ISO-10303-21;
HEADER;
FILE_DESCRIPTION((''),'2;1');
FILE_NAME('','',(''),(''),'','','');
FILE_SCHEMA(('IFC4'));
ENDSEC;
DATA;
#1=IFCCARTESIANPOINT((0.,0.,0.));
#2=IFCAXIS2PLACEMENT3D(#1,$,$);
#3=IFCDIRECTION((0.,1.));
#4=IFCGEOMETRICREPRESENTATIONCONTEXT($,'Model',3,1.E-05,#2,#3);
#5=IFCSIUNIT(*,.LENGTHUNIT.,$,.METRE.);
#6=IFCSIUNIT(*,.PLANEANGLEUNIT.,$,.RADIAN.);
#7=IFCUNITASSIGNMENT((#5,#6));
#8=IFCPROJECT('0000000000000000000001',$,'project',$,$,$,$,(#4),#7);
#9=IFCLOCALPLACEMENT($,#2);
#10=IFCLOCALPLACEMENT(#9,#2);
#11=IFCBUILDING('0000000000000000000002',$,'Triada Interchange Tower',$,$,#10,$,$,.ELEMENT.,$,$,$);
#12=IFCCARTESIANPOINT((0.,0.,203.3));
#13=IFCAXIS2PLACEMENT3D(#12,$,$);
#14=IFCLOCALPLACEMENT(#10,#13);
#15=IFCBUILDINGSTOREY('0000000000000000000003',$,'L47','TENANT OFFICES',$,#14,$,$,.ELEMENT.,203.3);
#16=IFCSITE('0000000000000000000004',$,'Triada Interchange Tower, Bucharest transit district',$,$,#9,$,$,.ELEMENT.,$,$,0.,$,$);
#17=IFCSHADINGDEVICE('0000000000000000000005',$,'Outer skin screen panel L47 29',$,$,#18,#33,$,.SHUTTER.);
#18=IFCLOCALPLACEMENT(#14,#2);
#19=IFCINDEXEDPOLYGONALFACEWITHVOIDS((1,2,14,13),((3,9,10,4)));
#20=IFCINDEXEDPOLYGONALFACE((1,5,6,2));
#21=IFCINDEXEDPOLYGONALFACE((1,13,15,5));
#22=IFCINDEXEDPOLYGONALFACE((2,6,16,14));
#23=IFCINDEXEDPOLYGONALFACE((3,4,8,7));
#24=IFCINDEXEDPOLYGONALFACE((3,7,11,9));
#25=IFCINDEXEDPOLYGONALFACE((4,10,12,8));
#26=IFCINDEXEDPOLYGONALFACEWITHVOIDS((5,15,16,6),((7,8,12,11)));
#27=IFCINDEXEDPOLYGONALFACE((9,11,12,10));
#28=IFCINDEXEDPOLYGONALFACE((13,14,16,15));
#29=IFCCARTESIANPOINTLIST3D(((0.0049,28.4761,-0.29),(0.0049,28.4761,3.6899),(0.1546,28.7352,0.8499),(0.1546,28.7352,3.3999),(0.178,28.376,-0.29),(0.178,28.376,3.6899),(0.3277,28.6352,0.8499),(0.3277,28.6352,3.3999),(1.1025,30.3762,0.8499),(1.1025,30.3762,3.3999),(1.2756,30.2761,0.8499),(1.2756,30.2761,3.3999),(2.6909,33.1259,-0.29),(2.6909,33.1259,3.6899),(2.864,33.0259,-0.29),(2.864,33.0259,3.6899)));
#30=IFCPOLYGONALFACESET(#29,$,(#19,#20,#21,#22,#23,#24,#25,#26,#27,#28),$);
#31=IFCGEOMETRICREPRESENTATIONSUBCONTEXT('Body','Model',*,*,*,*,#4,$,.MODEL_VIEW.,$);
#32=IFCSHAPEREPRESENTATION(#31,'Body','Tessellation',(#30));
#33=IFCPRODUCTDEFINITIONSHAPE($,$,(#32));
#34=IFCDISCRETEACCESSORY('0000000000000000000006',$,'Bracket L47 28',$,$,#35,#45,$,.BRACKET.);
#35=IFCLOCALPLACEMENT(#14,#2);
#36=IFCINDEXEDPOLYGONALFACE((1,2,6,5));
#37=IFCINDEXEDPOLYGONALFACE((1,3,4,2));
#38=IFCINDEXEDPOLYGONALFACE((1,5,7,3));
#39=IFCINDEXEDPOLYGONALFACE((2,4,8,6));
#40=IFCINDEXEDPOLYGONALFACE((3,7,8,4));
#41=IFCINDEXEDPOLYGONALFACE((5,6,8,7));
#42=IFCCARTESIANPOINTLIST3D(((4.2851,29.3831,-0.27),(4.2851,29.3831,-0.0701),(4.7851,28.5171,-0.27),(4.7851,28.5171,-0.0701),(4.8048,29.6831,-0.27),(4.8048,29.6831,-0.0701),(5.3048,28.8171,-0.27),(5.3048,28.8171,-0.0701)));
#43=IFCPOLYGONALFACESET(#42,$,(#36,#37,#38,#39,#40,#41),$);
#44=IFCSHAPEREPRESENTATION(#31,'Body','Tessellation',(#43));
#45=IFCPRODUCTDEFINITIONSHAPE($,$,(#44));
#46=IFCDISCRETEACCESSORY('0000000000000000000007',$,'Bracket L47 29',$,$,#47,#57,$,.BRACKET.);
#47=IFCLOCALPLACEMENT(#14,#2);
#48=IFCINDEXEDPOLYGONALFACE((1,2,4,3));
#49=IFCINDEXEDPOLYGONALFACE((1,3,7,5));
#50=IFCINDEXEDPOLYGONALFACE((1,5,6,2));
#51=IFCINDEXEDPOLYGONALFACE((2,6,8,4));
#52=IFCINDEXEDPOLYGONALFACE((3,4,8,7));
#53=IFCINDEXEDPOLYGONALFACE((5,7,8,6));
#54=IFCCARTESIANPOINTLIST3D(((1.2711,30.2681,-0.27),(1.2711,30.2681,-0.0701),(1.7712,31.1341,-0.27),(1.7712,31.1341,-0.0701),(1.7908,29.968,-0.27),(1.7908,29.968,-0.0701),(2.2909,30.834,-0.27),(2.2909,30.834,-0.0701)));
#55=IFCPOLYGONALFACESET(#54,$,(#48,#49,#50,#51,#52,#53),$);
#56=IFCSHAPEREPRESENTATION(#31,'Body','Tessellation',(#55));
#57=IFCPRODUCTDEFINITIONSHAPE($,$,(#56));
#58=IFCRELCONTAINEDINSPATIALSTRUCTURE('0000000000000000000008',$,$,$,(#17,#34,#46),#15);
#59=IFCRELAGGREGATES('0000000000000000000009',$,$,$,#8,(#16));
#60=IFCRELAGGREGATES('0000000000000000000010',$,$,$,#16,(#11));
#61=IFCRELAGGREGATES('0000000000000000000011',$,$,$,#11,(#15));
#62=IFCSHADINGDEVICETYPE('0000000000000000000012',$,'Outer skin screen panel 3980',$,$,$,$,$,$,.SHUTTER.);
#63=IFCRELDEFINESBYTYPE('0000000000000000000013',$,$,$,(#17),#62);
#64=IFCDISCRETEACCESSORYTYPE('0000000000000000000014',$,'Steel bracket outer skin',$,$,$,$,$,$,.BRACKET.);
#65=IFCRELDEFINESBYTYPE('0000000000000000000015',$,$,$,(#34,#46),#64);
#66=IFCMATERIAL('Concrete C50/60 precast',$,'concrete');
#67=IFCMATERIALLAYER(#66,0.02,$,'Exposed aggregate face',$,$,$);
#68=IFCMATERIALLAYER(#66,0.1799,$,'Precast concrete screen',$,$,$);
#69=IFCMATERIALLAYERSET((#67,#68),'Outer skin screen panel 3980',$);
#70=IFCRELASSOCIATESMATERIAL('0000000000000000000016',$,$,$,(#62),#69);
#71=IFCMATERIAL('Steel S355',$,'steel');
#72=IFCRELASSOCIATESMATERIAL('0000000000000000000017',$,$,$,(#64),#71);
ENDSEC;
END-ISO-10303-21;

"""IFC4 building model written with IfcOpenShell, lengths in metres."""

from ifc_helpers import new_model, si_unit, direction, frame, origin, origin_2d, place, context, subcontext, project, spatial, polyline, rectangle, outline, extrude, material, layer, layer_set, type_object, element, save


model = new_model("IFC4")

# Units and contexts
model_context = context("Model", 3, precision=1e-05, world=origin(), true_north=direction((0.0, 1.0)))
body_context = subcontext(model_context, "Body", "Model", "MODEL_VIEW")
ifc_project = project(units=[si_unit("LENGTHUNIT", "METRE"), si_unit("PLANEANGLEUNIT", "RADIAN")], contexts=[model_context])

# Site, building, storey
site_placement = place(None, origin())
site = spatial("IfcSite", under=ifc_project, at=site_placement, Name="Triada Interchange Tower, Bucharest transit district", CompositionType="ELEMENT", RefElevation=0.0)
building_placement = place(site_placement, origin())
building = spatial("IfcBuilding", under=site, at=building_placement, Name="Triada Interchange Tower", CompositionType="ELEMENT")
storey_placement = place(building_placement, frame((0.0, 0.0, 203.3)))
storey = spatial("IfcBuildingStorey", under=building, at=storey_placement, Name="L47", Description="TENANT OFFICES", CompositionType="ELEMENT", Elevation=203.3)

# Shading device
ifc_material_1 = material(Name="Concrete C50/60 precast", Category="concrete")
ifc_layer_1 = layer(ifc_material_1, 0.02, Name="Exposed aggregate face")
ifc_layer_2 = layer(ifc_material_1, 0.1799, Name="Precast concrete screen")
ifc_layer_set_1 = layer_set([ifc_layer_1, ifc_layer_2], Name="Outer skin screen panel 3980")
shading_device_type = type_object("IfcShadingDeviceType", Name="Outer skin screen panel 3980", PredefinedType="SHUTTER", material=ifc_layer_set_1)
shading_device_1_placement = place(storey_placement, frame((2.864, 33.0259, -0.29), z_axis=(0.0, 0.0, 1.0), x_axis=(-0.500197, -0.865911, 0.0)))
element("IfcShadingDevice", 1, at=shading_device_1_placement, inside=storey, type_object=shading_device_type, Name="Outer skin screen panel L47 29", PredefinedType="SHUTTER", context=body_context, shape_type="SweptSolid", body=[
    extrude(outline(polyline([(0.0, 0.0), (5.3699, 0.0), (5.3699, 3.98), (0.0, 3.98), (0.0, 0.0)]), holes=[polyline([(3.1755, 1.1399), (3.1755, 3.6899), (5.0706, 3.6899), (5.0706, 1.1399), (3.1755, 1.1399)])]), frame((0.0, 0.0, 0.0), z_axis=(0.0, -1.0, 0.0), x_axis=(1.0, 0.0, 0.0)), (0.0, 0.0, 1.0), 0.2),
])

# Discrete accessories
ifc_material_2 = material(Name="Steel S355", Category="steel")
discrete_accessory_type = type_object("IfcDiscreteAccessoryType", Name="Steel bracket outer skin", PredefinedType="BRACKET", material=ifc_material_2)
for number, where, z_axis, x_axis, name in (
    (2, (4.7949, 29.1001, -0.27), (0.0, 0.0, 1.0), (0.866021, 0.500007, 0.0), "Bracket L47 28"),
    (3, (1.781, 30.551, -0.27), (0.0, 0.0, 1.0), (-0.865971, 0.500095, 0.0), "Bracket L47 29"),
):
    element("IfcDiscreteAccessory", number, at=place(storey_placement, frame(where, z_axis=z_axis, x_axis=x_axis)), inside=storey, type_object=discrete_accessory_type, Name=name, PredefinedType="BRACKET", context=body_context, shape_type="SweptSolid", body=[
        extrude(rectangle(XDim=0.6001, YDim=1.0, at=origin_2d()), origin(), (0.0, 0.0, 1.0), 0.2),
    ])

save(model, "model.ifc")
